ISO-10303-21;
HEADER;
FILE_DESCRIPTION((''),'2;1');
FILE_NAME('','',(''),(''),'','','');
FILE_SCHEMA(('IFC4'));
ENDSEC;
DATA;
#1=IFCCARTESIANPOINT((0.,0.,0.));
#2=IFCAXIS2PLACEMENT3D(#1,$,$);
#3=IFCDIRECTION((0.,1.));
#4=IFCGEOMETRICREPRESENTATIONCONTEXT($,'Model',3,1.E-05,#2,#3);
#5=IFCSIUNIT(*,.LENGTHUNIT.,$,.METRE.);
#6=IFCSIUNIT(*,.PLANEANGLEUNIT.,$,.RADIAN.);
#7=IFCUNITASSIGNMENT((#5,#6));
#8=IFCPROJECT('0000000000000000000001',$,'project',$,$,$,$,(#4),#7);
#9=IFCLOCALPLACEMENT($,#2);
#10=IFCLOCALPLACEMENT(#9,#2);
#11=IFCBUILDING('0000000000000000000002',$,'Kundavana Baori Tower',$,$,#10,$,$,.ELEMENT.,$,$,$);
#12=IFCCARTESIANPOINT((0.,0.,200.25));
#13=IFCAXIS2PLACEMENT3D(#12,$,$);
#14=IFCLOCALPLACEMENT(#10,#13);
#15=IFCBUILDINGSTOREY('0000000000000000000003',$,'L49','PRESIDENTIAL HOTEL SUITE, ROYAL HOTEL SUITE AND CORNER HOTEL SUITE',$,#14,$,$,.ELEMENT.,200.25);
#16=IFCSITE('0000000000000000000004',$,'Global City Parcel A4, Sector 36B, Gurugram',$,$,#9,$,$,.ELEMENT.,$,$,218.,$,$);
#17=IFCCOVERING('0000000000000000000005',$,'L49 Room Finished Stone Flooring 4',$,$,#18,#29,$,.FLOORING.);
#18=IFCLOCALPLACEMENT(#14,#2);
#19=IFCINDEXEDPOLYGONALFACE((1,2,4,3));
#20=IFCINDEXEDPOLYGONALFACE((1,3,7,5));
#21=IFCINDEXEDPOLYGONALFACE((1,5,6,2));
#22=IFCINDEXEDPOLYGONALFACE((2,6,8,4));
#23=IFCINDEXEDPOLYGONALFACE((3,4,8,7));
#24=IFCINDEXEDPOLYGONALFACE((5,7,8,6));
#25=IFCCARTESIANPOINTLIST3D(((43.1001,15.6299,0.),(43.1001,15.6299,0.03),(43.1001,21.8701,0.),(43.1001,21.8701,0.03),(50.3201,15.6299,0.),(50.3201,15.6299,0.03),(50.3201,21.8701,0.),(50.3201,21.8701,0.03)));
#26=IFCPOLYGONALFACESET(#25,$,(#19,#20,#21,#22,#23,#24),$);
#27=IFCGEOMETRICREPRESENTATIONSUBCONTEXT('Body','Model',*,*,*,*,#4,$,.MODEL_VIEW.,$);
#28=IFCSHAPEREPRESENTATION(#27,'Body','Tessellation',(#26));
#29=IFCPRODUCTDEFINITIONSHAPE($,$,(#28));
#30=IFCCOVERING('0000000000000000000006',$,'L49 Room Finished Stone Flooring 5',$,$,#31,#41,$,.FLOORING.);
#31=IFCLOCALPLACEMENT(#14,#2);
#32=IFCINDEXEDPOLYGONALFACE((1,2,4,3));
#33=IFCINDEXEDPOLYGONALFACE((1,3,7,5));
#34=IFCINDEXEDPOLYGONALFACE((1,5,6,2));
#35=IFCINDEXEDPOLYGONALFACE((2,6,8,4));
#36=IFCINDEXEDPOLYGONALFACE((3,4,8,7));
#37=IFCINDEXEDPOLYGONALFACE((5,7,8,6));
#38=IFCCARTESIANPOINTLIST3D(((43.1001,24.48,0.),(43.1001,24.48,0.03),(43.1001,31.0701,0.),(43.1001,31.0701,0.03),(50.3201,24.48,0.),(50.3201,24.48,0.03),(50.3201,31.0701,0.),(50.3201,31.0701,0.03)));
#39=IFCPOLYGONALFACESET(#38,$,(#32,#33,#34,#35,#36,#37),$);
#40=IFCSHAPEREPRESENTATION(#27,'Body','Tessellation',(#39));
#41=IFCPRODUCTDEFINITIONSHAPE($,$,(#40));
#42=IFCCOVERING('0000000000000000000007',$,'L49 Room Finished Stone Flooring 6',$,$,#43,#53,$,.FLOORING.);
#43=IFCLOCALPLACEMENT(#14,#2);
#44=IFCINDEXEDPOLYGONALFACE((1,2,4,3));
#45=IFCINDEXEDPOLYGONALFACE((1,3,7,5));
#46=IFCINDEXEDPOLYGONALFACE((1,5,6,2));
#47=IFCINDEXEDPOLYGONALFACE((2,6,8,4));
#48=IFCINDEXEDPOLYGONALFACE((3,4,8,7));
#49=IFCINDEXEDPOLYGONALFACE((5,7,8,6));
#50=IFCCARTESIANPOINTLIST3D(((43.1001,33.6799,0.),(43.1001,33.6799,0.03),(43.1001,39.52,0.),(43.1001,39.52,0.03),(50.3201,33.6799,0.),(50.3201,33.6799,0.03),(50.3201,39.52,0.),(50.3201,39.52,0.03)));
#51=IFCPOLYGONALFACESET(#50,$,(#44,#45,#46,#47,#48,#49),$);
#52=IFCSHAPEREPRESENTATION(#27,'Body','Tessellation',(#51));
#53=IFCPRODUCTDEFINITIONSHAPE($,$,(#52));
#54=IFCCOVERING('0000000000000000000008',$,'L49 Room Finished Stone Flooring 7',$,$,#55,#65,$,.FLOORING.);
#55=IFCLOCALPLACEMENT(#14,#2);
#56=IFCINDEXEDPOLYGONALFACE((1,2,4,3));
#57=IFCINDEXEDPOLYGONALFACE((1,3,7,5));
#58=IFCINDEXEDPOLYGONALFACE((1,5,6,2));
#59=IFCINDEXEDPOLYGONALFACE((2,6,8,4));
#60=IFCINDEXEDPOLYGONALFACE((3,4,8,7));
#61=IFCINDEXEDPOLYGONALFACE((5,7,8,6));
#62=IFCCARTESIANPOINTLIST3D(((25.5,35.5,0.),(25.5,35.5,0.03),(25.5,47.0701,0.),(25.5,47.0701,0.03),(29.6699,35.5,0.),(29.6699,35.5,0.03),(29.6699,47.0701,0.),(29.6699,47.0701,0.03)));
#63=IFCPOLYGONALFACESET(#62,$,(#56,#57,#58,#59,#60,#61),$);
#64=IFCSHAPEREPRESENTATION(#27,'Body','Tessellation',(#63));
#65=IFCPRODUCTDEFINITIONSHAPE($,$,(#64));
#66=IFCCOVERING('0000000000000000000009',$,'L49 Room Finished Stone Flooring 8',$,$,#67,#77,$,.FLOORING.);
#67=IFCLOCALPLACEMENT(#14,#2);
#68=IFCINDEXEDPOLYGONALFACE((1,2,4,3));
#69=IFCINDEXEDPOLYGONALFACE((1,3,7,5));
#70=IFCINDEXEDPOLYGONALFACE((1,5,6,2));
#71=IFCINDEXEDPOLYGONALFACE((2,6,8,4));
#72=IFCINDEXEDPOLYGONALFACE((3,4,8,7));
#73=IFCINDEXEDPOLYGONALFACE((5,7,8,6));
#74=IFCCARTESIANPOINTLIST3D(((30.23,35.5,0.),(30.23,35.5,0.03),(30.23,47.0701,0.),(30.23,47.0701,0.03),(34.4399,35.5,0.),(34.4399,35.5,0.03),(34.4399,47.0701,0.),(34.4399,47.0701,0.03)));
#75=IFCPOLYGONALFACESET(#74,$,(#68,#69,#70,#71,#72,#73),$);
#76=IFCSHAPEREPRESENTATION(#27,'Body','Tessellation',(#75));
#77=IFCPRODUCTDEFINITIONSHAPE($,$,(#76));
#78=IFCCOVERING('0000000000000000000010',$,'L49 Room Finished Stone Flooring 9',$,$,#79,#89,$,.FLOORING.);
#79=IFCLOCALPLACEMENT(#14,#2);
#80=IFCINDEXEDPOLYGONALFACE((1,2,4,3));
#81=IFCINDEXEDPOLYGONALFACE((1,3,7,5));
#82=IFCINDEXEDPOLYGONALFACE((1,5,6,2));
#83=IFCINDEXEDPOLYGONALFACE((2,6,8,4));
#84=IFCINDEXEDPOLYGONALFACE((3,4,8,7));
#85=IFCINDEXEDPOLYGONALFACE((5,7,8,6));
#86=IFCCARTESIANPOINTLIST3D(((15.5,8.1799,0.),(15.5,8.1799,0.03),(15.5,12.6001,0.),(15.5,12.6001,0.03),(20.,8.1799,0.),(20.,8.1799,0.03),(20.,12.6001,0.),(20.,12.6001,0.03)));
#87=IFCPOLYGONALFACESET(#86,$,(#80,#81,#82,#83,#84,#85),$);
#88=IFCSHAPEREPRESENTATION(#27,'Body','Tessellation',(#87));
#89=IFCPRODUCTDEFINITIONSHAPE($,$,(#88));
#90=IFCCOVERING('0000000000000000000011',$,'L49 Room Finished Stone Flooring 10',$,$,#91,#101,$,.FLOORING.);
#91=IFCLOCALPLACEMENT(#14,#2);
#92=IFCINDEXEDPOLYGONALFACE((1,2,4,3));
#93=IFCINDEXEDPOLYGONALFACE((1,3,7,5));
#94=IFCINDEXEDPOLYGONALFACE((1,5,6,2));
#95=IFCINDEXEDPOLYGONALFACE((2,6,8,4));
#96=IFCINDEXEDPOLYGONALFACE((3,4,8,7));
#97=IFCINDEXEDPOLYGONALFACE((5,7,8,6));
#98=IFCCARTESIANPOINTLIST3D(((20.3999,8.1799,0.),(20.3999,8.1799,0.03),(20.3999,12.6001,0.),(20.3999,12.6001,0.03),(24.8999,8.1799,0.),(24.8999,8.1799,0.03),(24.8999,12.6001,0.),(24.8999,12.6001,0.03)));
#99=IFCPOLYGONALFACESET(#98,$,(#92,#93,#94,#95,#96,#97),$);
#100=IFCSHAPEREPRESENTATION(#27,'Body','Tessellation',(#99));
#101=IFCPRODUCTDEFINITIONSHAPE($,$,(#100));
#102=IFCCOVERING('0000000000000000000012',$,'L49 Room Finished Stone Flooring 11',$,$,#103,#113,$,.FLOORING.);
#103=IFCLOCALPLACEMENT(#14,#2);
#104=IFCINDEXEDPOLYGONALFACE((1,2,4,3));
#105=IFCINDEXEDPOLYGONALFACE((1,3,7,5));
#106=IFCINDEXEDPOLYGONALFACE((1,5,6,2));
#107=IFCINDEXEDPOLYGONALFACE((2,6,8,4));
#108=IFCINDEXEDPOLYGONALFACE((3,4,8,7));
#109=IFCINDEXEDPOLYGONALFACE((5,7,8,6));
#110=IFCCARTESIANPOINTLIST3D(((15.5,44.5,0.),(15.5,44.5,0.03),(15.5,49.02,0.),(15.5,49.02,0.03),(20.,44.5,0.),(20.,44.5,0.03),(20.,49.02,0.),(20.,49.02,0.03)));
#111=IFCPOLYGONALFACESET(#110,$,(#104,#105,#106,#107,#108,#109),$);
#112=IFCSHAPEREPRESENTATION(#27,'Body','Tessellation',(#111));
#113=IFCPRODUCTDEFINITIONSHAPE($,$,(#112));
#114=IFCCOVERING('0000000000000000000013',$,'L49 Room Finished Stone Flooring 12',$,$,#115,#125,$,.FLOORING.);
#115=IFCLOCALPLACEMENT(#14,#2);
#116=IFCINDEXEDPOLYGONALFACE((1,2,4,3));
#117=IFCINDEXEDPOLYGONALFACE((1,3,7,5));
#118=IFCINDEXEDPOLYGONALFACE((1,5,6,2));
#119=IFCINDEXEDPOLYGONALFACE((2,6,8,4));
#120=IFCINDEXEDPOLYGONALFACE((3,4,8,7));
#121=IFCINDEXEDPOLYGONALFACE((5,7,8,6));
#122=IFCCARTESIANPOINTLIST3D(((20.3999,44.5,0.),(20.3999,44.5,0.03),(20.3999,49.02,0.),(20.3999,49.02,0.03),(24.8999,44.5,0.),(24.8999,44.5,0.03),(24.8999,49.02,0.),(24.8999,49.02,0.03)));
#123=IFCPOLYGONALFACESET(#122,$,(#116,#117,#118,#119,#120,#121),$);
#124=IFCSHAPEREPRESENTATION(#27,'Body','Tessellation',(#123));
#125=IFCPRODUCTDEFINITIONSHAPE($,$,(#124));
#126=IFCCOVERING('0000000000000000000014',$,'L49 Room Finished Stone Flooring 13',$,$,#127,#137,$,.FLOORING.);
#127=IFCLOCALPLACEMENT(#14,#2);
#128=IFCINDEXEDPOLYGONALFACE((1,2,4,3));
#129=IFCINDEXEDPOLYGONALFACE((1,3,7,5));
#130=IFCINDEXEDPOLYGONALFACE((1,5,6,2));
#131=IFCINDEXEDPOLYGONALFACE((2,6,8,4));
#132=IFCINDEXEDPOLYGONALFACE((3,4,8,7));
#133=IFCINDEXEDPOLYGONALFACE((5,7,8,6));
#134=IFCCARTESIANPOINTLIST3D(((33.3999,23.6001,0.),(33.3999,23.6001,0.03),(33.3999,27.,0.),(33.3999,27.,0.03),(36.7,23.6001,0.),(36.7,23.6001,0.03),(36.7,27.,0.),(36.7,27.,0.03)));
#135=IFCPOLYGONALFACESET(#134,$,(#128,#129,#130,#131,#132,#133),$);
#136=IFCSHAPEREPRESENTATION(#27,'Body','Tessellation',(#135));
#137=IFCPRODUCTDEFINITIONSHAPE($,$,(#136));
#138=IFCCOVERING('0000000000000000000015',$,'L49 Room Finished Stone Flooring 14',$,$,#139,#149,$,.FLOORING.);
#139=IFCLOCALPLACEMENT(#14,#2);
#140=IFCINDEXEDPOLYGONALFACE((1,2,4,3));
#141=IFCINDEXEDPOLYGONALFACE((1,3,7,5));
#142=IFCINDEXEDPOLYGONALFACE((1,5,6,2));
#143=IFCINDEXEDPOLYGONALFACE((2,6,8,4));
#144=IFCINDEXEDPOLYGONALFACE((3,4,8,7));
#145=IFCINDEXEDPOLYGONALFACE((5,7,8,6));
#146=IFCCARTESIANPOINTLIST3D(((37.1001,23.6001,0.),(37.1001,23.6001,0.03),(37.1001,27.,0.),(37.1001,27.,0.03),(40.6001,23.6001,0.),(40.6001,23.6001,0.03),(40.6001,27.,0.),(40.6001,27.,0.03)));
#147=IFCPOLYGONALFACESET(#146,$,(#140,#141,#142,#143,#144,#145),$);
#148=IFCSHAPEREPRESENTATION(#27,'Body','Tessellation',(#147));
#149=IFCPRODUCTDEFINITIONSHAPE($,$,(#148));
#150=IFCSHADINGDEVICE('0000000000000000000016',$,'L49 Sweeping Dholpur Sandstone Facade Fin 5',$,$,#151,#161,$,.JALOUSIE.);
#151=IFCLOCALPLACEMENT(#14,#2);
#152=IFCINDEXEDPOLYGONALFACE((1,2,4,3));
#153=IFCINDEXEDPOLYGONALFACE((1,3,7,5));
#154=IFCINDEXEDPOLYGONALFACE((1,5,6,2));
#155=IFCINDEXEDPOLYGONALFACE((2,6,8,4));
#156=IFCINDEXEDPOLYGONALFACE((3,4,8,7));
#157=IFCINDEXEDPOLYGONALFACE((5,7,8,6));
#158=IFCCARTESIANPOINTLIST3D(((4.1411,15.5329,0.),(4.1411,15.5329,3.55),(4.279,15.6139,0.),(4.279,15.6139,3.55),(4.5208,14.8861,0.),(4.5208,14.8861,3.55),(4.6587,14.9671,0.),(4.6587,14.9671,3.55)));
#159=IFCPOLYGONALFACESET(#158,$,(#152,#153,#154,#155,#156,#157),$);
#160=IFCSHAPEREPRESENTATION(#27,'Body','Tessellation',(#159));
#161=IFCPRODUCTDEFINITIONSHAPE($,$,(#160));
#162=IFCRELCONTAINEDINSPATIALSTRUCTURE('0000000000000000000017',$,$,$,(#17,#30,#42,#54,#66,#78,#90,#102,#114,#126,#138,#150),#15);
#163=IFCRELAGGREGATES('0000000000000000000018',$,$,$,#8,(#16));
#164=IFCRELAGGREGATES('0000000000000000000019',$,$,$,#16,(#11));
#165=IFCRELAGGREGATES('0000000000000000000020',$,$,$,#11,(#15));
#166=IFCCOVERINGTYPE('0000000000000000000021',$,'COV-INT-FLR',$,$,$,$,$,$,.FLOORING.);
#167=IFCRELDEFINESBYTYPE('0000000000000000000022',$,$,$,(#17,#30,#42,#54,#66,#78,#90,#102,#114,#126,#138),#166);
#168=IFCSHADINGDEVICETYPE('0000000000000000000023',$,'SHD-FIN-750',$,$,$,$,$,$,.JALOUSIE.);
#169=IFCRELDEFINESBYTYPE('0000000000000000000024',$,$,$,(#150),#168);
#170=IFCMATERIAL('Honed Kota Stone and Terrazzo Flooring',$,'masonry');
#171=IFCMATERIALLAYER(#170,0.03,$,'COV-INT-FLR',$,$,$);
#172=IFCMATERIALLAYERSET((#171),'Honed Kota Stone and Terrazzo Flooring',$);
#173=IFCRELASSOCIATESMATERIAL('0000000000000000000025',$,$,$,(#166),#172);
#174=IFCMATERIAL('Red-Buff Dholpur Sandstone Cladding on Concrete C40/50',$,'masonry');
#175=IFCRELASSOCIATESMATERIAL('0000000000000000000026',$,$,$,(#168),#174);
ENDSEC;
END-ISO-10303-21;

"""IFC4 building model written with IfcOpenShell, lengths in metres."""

from ifc_helpers import new_model, si_unit, direction, frame, origin, origin_2d, place, context, subcontext, project, spatial, polyline, rectangle, outline, extrude, material, layer, layer_set, type_object, element, save


model = new_model("IFC4")

# Units and contexts
model_context = context("Model", 3, precision=1e-05, world=origin(), true_north=direction((0.0, 1.0)))
body_context = subcontext(model_context, "Body", "Model", "MODEL_VIEW")
ifc_project = project(units=[si_unit("LENGTHUNIT", "METRE"), si_unit("PLANEANGLEUNIT", "RADIAN")], contexts=[model_context])

# Site, building, storey
site_placement = place(None, origin())
site = spatial("IfcSite", under=ifc_project, at=site_placement, Name="Global City Parcel A4, Sector 36B, Gurugram", CompositionType="ELEMENT", RefElevation=218.0)
building_placement = place(site_placement, origin())
building = spatial("IfcBuilding", under=site, at=building_placement, Name="Kundavana Baori Tower", CompositionType="ELEMENT")
storey_placement = place(building_placement, frame((0.0, 0.0, 200.25)))
storey = spatial("IfcBuildingStorey", under=building, at=storey_placement, Name="L49", Description="PRESIDENTIAL HOTEL SUITE, ROYAL HOTEL SUITE AND CORNER HOTEL SUITE", CompositionType="ELEMENT", Elevation=200.25)

# Coverings
ifc_material_1 = material(Name="Honed Kota Stone and Terrazzo Flooring", Category="masonry")
ifc_layer_1 = layer(ifc_material_1, 0.03, Name="COV-INT-FLR")
ifc_layer_set_1 = layer_set([ifc_layer_1], Name="Honed Kota Stone and Terrazzo Flooring")
covering_type_1 = type_object("IfcCoveringType", Name="COV-INT-FLR", PredefinedType="FLOORING", material=ifc_layer_set_1)
covering_1_placement = place(storey_placement, origin())
element("IfcCovering", 1, at=covering_1_placement, inside=storey, type_object=covering_type_1, Name="L49 Room Finished Stone Flooring 4", PredefinedType="FLOORING", context=body_context, shape_type="SweptSolid", body=[
    extrude(outline(polyline([(43.1001, 15.6299), (50.3201, 15.6299), (50.3201, 21.8701), (43.1001, 21.8701), (43.1001, 15.6299)])), origin(), (0.0, 0.0, 1.0), 0.03),
])
covering_2_placement = place(storey_placement, origin())
element("IfcCovering", 2, at=covering_2_placement, inside=storey, type_object=covering_type_1, Name="L49 Room Finished Stone Flooring 5", PredefinedType="FLOORING", context=body_context, shape_type="SweptSolid", body=[
    extrude(outline(polyline([(43.1001, 24.48), (50.3201, 24.48), (50.3201, 31.0701), (43.1001, 31.0701), (43.1001, 24.48)])), origin(), (0.0, 0.0, 1.0), 0.03),
])
covering_3_placement = place(storey_placement, origin())
element("IfcCovering", 3, at=covering_3_placement, inside=storey, type_object=covering_type_1, Name="L49 Room Finished Stone Flooring 6", PredefinedType="FLOORING", context=body_context, shape_type="SweptSolid", body=[
    extrude(outline(polyline([(43.1001, 33.6799), (50.3201, 33.6799), (50.3201, 39.52), (43.1001, 39.52), (43.1001, 33.6799)])), origin(), (0.0, 0.0, 1.0), 0.03),
])
covering_4_placement = place(storey_placement, origin())
element("IfcCovering", 4, at=covering_4_placement, inside=storey, type_object=covering_type_1, Name="L49 Room Finished Stone Flooring 7", PredefinedType="FLOORING", context=body_context, shape_type="SweptSolid", body=[
    extrude(outline(polyline([(25.5, 35.5), (29.6699, 35.5), (29.6699, 47.0701), (25.5, 47.0701), (25.5, 35.5)])), origin(), (0.0, 0.0, 1.0), 0.03),
])
covering_5_placement = place(storey_placement, origin())
element("IfcCovering", 5, at=covering_5_placement, inside=storey, type_object=covering_type_1, Name="L49 Room Finished Stone Flooring 8", PredefinedType="FLOORING", context=body_context, shape_type="SweptSolid", body=[
    extrude(outline(polyline([(30.23, 35.5), (34.4399, 35.5), (34.4399, 47.0701), (30.23, 47.0701), (30.23, 35.5)])), origin(), (0.0, 0.0, 1.0), 0.03),
])
covering_6_placement = place(storey_placement, origin())
element("IfcCovering", 6, at=covering_6_placement, inside=storey, type_object=covering_type_1, Name="L49 Room Finished Stone Flooring 9", PredefinedType="FLOORING", context=body_context, shape_type="SweptSolid", body=[
    extrude(outline(polyline([(15.5, 8.1799), (20.0, 8.1799), (20.0, 12.6001), (15.5, 12.6001), (15.5, 8.1799)])), origin(), (0.0, 0.0, 1.0), 0.03),
])
covering_7_placement = place(storey_placement, origin())
element("IfcCovering", 7, at=covering_7_placement, inside=storey, type_object=covering_type_1, Name="L49 Room Finished Stone Flooring 10", PredefinedType="FLOORING", context=body_context, shape_type="SweptSolid", body=[
    extrude(outline(polyline([(20.3999, 8.1799), (24.8999, 8.1799), (24.8999, 12.6001), (20.3999, 12.6001), (20.3999, 8.1799)])), origin(), (0.0, 0.0, 1.0), 0.03),
])
covering_8_placement = place(storey_placement, origin())
element("IfcCovering", 8, at=covering_8_placement, inside=storey, type_object=covering_type_1, Name="L49 Room Finished Stone Flooring 11", PredefinedType="FLOORING", context=body_context, shape_type="SweptSolid", body=[
    extrude(outline(polyline([(15.5, 44.5), (20.0, 44.5), (20.0, 49.02), (15.5, 49.02), (15.5, 44.5)])), origin(), (0.0, 0.0, 1.0), 0.03),
])
covering_9_placement = place(storey_placement, origin())
element("IfcCovering", 9, at=covering_9_placement, inside=storey, type_object=covering_type_1, Name="L49 Room Finished Stone Flooring 12", PredefinedType="FLOORING", context=body_context, shape_type="SweptSolid", body=[
    extrude(outline(polyline([(20.3999, 44.5), (24.8999, 44.5), (24.8999, 49.02), (20.3999, 49.02), (20.3999, 44.5)])), origin(), (0.0, 0.0, 1.0), 0.03),
])
covering_10_placement = place(storey_placement, origin())
element("IfcCovering", 10, at=covering_10_placement, inside=storey, type_object=covering_type_1, Name="L49 Room Finished Stone Flooring 13", PredefinedType="FLOORING", context=body_context, shape_type="SweptSolid", body=[
    extrude(outline(polyline([(33.3999, 23.6001), (36.7, 23.6001), (36.7, 27.0), (33.3999, 27.0), (33.3999, 23.6001)])), origin(), (0.0, 0.0, 1.0), 0.03),
])
covering_11_placement = place(storey_placement, origin())
element("IfcCovering", 11, at=covering_11_placement, inside=storey, type_object=covering_type_1, Name="L49 Room Finished Stone Flooring 14", PredefinedType="FLOORING", context=body_context, shape_type="SweptSolid", body=[
    extrude(outline(polyline([(37.1001, 23.6001), (40.6001, 23.6001), (40.6001, 27.0), (37.1001, 27.0), (37.1001, 23.6001)])), origin(), (0.0, 0.0, 1.0), 0.03),
])

# Shading device
ifc_material_2 = material(Name="Red-Buff Dholpur Sandstone Cladding on Concrete C40/50", Category="masonry")
shading_device_type = type_object("IfcShadingDeviceType", Name="SHD-FIN-750", PredefinedType="JALOUSIE", material=ifc_material_2)
shading_device_placement = place(storey_placement, frame((4.3999, 15.25, 0.0), z_axis=(0.0, 0.0, 1.0), x_axis=(0.862337, 0.506335, 0.0)))
element("IfcShadingDevice", 12, at=shading_device_placement, inside=storey, type_object=shading_device_type, Name="L49 Sweeping Dholpur Sandstone Facade Fin 5", PredefinedType="JALOUSIE", context=body_context, shape_type="SweptSolid", body=[
    extrude(rectangle(XDim=0.1599, YDim=0.75, at=origin_2d()), origin(), (0.0, 0.0, 1.0), 3.55),
])

save(model, "model.ifc")
